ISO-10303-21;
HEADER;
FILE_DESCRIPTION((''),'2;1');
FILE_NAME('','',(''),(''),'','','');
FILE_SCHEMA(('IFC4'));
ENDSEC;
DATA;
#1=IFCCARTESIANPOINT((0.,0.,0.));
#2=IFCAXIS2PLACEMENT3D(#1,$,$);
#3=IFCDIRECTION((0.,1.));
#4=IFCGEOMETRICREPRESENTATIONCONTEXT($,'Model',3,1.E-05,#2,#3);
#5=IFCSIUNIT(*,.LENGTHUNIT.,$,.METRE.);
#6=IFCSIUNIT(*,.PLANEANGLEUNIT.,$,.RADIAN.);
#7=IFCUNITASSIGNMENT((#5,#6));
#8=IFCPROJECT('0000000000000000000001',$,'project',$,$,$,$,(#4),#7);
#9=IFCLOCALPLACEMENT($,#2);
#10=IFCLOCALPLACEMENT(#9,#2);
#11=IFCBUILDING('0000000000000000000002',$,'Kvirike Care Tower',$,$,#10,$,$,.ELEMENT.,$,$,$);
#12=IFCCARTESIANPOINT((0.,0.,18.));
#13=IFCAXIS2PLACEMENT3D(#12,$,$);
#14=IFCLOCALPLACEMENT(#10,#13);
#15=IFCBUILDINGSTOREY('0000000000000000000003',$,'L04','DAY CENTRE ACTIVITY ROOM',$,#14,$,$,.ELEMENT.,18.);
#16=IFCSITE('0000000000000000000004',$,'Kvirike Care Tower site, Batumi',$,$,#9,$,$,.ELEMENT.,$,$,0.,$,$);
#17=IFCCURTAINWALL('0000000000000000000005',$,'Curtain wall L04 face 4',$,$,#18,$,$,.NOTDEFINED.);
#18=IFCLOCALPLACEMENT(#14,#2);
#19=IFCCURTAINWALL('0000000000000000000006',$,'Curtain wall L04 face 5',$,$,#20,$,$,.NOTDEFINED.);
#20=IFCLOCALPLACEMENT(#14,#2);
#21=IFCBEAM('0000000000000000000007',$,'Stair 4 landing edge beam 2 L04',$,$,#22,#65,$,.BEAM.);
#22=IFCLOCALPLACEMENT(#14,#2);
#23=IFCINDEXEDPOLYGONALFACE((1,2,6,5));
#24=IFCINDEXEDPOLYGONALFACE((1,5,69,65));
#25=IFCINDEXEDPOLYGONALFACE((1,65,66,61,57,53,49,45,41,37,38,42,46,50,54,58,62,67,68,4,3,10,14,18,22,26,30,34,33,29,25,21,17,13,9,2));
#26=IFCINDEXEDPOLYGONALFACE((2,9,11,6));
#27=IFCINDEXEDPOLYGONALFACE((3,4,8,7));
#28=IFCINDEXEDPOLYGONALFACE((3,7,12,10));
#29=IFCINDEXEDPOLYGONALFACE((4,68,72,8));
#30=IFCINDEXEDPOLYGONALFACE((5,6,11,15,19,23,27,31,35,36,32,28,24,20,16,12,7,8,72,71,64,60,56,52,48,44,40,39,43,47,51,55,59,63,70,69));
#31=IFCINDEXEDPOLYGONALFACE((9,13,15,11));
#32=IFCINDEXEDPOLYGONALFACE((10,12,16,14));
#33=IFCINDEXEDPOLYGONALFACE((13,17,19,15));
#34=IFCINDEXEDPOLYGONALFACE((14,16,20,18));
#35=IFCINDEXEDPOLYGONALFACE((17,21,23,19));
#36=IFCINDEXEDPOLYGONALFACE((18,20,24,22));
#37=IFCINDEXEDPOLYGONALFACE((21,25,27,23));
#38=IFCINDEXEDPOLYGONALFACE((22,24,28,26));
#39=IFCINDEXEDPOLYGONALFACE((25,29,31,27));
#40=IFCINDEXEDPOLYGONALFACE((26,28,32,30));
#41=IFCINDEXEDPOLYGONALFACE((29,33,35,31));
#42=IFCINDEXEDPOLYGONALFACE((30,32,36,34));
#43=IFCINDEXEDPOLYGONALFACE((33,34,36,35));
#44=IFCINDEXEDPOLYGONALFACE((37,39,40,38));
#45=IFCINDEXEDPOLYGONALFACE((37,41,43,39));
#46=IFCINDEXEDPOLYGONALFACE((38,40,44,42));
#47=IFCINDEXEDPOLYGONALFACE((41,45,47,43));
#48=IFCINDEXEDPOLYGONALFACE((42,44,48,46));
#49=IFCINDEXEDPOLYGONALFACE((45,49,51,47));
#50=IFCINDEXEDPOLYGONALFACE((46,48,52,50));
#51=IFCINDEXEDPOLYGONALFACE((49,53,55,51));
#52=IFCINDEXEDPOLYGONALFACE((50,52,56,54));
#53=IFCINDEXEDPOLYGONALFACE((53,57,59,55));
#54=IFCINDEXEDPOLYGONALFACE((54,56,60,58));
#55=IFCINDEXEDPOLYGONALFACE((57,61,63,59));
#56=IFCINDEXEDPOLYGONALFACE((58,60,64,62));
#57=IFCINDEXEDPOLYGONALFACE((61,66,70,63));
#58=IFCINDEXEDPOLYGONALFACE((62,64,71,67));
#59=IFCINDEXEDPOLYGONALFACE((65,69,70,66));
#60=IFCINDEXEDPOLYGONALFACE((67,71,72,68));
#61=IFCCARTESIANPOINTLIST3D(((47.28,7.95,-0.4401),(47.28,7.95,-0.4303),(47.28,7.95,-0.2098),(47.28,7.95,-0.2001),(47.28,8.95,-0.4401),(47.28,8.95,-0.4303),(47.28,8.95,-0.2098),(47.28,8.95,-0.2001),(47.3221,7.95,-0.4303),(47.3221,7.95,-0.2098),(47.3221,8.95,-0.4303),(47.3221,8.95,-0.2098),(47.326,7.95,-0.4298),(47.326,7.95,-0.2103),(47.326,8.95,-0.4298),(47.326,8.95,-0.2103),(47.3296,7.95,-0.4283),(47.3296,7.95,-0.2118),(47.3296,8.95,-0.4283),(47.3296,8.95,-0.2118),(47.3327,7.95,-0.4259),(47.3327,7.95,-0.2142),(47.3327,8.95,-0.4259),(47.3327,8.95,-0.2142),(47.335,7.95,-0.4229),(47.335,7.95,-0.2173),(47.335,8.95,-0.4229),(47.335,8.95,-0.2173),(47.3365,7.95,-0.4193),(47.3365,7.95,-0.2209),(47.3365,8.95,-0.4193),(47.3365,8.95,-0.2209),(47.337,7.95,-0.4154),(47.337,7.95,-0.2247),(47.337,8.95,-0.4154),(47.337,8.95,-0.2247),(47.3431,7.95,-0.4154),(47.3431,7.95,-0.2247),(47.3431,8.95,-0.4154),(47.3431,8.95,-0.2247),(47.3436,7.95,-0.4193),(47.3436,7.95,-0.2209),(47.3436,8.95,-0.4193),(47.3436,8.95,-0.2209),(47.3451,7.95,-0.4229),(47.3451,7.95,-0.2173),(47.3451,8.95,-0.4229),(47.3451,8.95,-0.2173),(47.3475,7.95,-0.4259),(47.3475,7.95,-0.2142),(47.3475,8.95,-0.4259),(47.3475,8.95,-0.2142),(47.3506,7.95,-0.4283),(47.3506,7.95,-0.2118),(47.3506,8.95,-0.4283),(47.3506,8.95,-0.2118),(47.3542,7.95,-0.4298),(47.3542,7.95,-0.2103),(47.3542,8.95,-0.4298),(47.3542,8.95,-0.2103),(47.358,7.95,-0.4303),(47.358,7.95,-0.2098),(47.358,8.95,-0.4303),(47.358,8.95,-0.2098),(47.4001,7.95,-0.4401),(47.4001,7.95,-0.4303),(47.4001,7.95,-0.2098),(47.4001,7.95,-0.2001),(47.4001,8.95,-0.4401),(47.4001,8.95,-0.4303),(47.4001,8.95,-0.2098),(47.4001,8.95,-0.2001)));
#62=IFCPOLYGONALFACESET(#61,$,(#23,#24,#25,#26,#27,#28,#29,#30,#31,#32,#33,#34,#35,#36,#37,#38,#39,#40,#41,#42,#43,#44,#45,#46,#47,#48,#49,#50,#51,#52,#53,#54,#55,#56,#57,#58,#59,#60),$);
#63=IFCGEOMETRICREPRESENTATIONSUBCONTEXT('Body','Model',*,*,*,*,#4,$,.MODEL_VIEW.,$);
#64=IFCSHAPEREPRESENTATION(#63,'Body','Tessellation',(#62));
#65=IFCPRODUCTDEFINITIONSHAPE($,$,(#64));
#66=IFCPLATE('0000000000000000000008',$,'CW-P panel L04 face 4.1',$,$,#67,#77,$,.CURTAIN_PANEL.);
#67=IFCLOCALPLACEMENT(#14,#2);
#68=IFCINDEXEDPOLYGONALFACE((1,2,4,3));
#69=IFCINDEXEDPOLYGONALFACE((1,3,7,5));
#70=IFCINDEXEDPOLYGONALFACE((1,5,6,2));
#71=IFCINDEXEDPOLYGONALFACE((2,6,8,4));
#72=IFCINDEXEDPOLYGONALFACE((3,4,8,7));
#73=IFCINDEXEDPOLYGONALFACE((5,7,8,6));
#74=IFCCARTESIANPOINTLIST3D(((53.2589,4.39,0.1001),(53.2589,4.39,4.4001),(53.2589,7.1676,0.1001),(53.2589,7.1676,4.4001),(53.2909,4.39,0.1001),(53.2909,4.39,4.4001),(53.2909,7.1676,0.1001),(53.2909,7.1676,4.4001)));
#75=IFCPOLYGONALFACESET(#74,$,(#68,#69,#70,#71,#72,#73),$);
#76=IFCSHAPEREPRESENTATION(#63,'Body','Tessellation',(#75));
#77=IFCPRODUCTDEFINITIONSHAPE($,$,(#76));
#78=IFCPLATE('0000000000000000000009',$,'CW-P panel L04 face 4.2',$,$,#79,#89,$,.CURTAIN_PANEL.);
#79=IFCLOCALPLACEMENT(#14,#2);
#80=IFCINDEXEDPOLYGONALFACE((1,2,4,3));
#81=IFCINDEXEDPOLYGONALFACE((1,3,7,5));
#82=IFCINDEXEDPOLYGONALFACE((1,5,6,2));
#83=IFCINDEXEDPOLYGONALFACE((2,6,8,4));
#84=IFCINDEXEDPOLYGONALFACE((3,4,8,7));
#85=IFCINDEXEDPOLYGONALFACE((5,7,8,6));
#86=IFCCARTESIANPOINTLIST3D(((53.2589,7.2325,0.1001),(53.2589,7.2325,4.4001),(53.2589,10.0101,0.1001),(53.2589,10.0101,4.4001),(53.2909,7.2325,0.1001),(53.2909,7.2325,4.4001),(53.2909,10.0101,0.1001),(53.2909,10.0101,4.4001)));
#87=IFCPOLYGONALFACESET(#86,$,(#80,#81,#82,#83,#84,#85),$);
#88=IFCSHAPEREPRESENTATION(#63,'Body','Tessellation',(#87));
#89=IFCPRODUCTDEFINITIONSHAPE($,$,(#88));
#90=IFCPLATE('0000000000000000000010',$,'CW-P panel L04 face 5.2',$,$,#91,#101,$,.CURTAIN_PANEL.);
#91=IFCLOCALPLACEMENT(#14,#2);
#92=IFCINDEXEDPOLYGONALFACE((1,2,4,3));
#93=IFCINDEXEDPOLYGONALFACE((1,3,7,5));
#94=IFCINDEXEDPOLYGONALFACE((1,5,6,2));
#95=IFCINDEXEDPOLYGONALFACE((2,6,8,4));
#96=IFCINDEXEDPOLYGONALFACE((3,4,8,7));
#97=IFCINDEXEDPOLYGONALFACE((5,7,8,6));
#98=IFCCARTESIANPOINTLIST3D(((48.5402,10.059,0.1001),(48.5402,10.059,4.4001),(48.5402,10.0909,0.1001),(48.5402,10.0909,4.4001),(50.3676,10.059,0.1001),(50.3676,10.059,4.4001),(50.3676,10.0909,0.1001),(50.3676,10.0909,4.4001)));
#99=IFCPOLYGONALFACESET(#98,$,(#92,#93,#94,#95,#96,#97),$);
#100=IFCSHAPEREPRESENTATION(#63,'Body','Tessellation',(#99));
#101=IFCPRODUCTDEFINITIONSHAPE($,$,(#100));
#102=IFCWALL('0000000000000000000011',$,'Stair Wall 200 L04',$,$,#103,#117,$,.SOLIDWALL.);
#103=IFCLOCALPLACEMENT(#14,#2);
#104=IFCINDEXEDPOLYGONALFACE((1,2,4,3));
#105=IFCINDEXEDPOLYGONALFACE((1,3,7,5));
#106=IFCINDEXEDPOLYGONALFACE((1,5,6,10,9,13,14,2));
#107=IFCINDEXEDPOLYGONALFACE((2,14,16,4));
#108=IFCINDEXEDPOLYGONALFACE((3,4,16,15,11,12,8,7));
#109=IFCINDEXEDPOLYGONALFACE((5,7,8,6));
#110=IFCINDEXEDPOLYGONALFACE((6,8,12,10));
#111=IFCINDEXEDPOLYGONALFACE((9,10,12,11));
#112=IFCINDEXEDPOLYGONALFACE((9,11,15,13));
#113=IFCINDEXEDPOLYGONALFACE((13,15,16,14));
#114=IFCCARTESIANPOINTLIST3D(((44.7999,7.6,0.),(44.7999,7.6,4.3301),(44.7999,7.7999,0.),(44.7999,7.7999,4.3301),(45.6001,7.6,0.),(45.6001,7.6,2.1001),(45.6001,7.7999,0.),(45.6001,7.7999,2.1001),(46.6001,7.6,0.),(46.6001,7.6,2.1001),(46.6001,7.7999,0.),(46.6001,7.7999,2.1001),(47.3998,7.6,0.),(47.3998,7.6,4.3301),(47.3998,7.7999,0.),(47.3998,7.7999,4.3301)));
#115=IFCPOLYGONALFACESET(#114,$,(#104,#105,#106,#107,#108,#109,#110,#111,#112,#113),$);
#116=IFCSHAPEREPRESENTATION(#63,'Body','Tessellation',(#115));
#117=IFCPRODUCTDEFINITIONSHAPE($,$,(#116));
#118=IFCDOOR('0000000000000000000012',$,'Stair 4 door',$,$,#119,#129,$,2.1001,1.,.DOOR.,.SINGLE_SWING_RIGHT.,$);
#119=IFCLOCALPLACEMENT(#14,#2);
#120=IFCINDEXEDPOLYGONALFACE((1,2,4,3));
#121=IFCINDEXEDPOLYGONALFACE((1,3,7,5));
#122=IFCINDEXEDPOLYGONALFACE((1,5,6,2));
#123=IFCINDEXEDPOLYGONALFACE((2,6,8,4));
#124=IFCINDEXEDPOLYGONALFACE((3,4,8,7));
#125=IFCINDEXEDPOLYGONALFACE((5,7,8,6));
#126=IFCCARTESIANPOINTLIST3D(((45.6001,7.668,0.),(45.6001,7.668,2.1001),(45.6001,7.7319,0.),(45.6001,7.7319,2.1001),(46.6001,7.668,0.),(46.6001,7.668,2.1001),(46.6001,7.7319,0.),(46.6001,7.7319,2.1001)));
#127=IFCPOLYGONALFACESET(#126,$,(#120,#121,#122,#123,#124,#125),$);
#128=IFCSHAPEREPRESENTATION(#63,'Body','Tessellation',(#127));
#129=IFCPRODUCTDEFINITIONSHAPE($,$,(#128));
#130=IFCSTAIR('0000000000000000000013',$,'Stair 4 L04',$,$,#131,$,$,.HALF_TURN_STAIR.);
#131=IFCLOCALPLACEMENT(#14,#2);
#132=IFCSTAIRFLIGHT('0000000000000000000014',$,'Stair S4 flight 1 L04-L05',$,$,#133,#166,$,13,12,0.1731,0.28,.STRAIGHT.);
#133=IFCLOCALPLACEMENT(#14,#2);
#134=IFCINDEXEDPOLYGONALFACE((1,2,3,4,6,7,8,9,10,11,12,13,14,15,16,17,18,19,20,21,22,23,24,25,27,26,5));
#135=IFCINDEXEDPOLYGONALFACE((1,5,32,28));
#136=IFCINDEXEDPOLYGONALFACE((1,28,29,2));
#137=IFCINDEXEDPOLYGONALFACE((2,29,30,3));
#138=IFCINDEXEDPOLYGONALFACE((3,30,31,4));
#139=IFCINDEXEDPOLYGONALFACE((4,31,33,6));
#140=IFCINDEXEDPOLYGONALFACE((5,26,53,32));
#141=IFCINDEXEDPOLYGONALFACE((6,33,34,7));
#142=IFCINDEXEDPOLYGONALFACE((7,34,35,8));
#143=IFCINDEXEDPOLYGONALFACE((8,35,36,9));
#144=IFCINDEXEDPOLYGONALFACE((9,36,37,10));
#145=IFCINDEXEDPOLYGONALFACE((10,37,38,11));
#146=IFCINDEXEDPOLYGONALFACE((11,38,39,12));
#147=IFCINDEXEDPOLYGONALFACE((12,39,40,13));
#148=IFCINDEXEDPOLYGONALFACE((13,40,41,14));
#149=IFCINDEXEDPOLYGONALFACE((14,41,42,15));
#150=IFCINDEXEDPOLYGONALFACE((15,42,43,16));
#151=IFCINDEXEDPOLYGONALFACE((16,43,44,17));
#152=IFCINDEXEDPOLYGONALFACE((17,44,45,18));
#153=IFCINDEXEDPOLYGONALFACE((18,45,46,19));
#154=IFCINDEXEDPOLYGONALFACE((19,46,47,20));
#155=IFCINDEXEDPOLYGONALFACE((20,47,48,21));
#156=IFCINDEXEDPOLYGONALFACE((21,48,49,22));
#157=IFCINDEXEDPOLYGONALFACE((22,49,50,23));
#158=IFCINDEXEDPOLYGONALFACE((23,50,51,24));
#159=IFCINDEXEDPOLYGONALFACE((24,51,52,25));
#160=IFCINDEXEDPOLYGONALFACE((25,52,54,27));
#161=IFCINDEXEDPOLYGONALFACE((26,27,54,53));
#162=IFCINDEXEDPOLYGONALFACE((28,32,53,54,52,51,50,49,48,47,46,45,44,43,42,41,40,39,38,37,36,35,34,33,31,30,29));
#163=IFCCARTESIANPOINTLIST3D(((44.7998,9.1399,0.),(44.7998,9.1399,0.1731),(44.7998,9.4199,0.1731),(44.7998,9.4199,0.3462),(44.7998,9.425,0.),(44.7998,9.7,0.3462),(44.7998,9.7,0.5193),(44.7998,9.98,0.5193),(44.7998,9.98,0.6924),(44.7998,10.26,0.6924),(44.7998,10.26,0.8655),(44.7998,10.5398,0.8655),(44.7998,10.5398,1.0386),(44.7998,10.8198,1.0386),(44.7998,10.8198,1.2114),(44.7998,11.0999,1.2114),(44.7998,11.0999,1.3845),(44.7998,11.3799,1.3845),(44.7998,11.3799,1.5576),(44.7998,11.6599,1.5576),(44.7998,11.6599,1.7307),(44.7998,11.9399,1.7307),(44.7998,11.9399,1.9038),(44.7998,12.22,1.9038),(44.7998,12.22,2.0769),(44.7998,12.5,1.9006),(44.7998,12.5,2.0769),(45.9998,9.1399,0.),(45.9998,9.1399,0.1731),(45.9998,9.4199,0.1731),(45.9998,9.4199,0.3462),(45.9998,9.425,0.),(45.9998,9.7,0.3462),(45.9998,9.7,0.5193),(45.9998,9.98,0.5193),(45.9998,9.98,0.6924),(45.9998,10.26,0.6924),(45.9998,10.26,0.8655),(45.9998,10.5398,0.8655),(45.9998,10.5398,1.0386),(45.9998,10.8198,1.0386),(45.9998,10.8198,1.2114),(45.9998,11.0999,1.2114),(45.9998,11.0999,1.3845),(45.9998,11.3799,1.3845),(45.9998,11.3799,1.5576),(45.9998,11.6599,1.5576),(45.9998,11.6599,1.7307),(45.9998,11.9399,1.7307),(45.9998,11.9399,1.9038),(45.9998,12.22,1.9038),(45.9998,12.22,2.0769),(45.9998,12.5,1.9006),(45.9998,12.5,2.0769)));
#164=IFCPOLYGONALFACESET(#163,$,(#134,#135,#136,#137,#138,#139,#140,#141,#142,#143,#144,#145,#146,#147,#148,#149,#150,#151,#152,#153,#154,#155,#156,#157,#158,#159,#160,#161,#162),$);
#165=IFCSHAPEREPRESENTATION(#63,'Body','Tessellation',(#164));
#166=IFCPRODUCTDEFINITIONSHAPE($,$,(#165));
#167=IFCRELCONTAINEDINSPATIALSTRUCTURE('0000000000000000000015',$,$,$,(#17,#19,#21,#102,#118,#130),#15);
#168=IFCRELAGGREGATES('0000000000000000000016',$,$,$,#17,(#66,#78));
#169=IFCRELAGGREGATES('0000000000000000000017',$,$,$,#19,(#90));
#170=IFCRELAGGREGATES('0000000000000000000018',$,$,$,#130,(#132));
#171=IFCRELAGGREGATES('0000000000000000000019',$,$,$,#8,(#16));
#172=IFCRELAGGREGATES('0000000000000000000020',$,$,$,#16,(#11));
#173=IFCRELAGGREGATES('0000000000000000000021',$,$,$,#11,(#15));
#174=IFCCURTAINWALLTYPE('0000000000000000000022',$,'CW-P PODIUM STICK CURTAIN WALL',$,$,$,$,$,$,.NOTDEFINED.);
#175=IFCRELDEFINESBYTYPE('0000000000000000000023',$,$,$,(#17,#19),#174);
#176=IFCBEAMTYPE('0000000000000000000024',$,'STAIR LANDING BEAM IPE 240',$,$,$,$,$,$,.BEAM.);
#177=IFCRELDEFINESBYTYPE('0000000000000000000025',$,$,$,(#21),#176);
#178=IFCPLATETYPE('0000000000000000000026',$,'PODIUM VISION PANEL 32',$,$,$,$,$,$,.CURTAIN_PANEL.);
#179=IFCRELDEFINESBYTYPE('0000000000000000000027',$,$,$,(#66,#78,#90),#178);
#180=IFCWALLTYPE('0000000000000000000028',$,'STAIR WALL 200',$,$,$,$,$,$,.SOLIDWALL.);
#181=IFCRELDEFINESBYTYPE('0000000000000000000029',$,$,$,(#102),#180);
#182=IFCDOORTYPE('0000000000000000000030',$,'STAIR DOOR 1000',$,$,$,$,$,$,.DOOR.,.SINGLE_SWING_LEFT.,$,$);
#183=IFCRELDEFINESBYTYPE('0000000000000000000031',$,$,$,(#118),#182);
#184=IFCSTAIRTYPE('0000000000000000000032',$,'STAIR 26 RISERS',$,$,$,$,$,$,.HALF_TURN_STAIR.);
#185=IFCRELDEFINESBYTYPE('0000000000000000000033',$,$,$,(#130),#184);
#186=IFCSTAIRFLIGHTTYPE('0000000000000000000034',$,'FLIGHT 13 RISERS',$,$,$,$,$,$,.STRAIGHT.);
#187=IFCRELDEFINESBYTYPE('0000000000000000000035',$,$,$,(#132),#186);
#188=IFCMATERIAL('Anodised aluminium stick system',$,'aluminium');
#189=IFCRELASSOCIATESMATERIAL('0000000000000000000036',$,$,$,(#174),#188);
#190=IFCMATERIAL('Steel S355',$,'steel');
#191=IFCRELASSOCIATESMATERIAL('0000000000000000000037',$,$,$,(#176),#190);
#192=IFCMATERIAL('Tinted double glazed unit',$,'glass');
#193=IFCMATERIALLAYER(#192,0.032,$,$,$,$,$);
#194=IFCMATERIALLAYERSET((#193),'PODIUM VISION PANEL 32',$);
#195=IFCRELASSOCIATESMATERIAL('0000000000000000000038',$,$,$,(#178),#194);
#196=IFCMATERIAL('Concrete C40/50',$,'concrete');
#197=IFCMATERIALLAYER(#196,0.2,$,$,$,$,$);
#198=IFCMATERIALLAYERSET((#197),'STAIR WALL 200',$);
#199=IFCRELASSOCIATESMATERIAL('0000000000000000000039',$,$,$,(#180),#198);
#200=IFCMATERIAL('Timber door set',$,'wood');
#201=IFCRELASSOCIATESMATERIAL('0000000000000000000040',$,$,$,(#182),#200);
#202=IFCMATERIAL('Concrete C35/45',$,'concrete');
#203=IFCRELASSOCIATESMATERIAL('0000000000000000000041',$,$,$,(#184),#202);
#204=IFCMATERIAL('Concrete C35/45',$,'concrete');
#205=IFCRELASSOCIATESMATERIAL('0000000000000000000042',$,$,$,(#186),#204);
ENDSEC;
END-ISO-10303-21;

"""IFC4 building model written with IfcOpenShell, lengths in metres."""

from ifc_helpers import new_model, si_unit, direction, frame, frame_2d, origin, origin_2d, place, context, subcontext, project, spatial, polyline, rectangle, i_section, outline, extrude, material, layer, layer_set, material_profile, profile_set, type_object, element, fill, aggregate, save


model = new_model("IFC4")

# Units and contexts
model_context = context("Model", 3, precision=1e-05, world=origin(), true_north=direction((0.0, 1.0)))
body_context = subcontext(model_context, "Body", "Model", "MODEL_VIEW")
ifc_project = project(units=[si_unit("LENGTHUNIT", "METRE"), si_unit("PLANEANGLEUNIT", "RADIAN")], contexts=[model_context])

# Site, building, storey
site_placement = place(None, origin())
site = spatial("IfcSite", under=ifc_project, at=site_placement, Name="Kvirike Care Tower site, Batumi", CompositionType="ELEMENT", RefElevation=0.0)
building_placement = place(site_placement, origin())
building = spatial("IfcBuilding", under=site, at=building_placement, Name="Kvirike Care Tower", CompositionType="ELEMENT")
storey_placement = place(building_placement, frame((0.0, 0.0, 18.0)))
storey = spatial("IfcBuildingStorey", under=building, at=storey_placement, Name="L04", Description="DAY CENTRE ACTIVITY ROOM", CompositionType="ELEMENT", Elevation=18.0)

# Shared definitions
ifc_material_1 = material(Name="Anodised aluminium stick system", Category="aluminium")
curtain_wall_type = type_object("IfcCurtainWallType", Name="CW-P PODIUM STICK CURTAIN WALL", PredefinedType="NOTDEFINED", material=ifc_material_1)

# Curtain wall
curtain_wall_1_placement = place(storey_placement, origin())
curtain_wall_1 = element("IfcCurtainWall", 1, at=curtain_wall_1_placement, inside=storey, type_object=curtain_wall_type, Name="Curtain wall L04 face 4", PredefinedType="NOTDEFINED")

# Curtain wall
curtain_wall_2_placement = place(storey_placement, origin())
curtain_wall_2 = element("IfcCurtainWall", 2, at=curtain_wall_2_placement, inside=storey, type_object=curtain_wall_type, Name="Curtain wall L04 face 5", PredefinedType="NOTDEFINED")

# Beam
ifc_material_2 = material(Name="Steel S355", Category="steel")
ifc_material_profile_1 = material_profile(ifc_material_2, i_section(OverallWidth=0.1201, OverallDepth=0.24, WebThickness=0.0061, FlangeThickness=0.0098, FilletRadius=0.0149, at=origin_2d()), Name="IPE 240")
ifc_profile_set_1 = profile_set([ifc_material_profile_1], Name="Steel S355")
beam_type_1 = type_object("IfcBeamType", Name="STAIR LANDING BEAM IPE 240", PredefinedType="BEAM", material=ifc_profile_set_1)
for number, where, z_axis, x_axis, name in (
    (3, (47.3401, 8.95, -0.3201), (0.0, -1.0, 0.0), (1.0, 0.0, 0.0), "Stair 4 landing edge beam 2 L04"),
):
    element("IfcBeam", number, at=place(storey_placement, frame(where, z_axis=z_axis, x_axis=x_axis)), inside=storey, type_object=beam_type_1, Name=name, PredefinedType="BEAM", context=body_context, shape_type="SweptSolid", body=[
        extrude(i_section(OverallWidth=0.1201, OverallDepth=0.24, WebThickness=0.0061, FlangeThickness=0.0098, FilletRadius=0.0149, at=origin_2d()), origin(), (0.0, 0.0, 1.0), 1.0),
    ])

# Plates
ifc_material_3 = material(Name="Tinted double glazed unit", Category="glass")
ifc_layer_1 = layer(ifc_material_3, 0.032)
ifc_layer_set_1 = layer_set([ifc_layer_1], Name="PODIUM VISION PANEL 32")
plate_type = type_object("IfcPlateType", Name="PODIUM VISION PANEL 32", PredefinedType="CURTAIN_PANEL", material=ifc_layer_set_1)
plate_1_placement = place(storey_placement, frame((53.2749, 5.7788, 0.1001), z_axis=(0.0, 0.0, 1.0), x_axis=(0.0, 1.0, 0.0)))
plate_1 = element("IfcPlate", 4, at=plate_1_placement, type_object=plate_type, Name="CW-P panel L04 face 4.1", PredefinedType="CURTAIN_PANEL", context=body_context, shape_type="SweptSolid", body=[
    extrude(rectangle(XDim=2.7776, YDim=0.032, at=origin_2d()), origin(), (0.0, 0.0, 1.0), 4.3),
])
plate_2_placement = place(storey_placement, frame((53.2749, 8.6213, 0.1001), z_axis=(0.0, 0.0, 1.0), x_axis=(0.0, 1.0, 0.0)))
plate_2 = element("IfcPlate", 5, at=plate_2_placement, type_object=plate_type, Name="CW-P panel L04 face 4.2", PredefinedType="CURTAIN_PANEL", context=body_context, shape_type="SweptSolid", body=[
    extrude(rectangle(XDim=2.7776, YDim=0.032, at=origin_2d()), origin(), (0.0, 0.0, 1.0), 4.3),
])
aggregate(curtain_wall_1, [plate_1, plate_2])
plate_3_placement = place(storey_placement, frame((49.4539, 10.075, 0.1001), z_axis=(0.0, 0.0, 1.0), x_axis=(-1.0, 0.0, 0.0)))
plate_3 = element("IfcPlate", 6, at=plate_3_placement, type_object=plate_type, Name="CW-P panel L04 face 5.2", PredefinedType="CURTAIN_PANEL", context=body_context, shape_type="SweptSolid", body=[
    extrude(rectangle(XDim=1.8274, YDim=0.032, at=origin_2d()), origin(), (0.0, 0.0, 1.0), 4.3),
])
aggregate(curtain_wall_2, [plate_3])

# Wall, opening, door
ifc_material_4 = material(Name="Concrete C40/50", Category="concrete")
ifc_layer_2 = layer(ifc_material_4, 0.2)
ifc_layer_set_2 = layer_set([ifc_layer_2], Name="STAIR WALL 200")
wall_type = type_object("IfcWallType", Name="STAIR WALL 200", PredefinedType="SOLIDWALL", material=ifc_layer_set_2)
wall_placement = place(storey_placement, frame((44.8, 7.7, 0.0), z_axis=(0.0, 0.0, 1.0), x_axis=(1.0, 0.0, 0.0)))
wall = element("IfcWall", 7, at=wall_placement, inside=storey, type_object=wall_type, Name="Stair Wall 200 L04", PredefinedType="SOLIDWALL", context=body_context, shape_type="SweptSolid", body=[
    extrude(rectangle(XDim=2.5999, YDim=0.2, at=frame_2d((1.2998, 0.0))), origin(), (0.0, 0.0, 1.0), 4.3301),
])
opening_placement = place(wall_placement, frame((0.8, 0.0, 0.0)))
opening = element("IfcOpeningElement", 8, at=opening_placement, cuts=wall, PredefinedType="OPENING", context=body_context, shape_type="SweptSolid", body=[
    extrude(rectangle(XDim=1.0, YDim=2.1001, at=frame_2d((0.5, 1.05))), frame((0.0, 0.1106, 0.0), z_axis=(0.0, -1.0, 0.0), x_axis=(1.0, 0.0, 0.0)), (0.0, 0.0, 1.0), 0.2209),
])
ifc_material_5 = material(Name="Timber door set", Category="wood")
door_type = type_object("IfcDoorType", Name="STAIR DOOR 1000", OperationType="SINGLE_SWING_LEFT", PredefinedType="DOOR", material=ifc_material_5)
door_placement = place(opening_placement, origin())
door = element("IfcDoor", 9, at=door_placement, inside=storey, type_object=door_type, Name="Stair 4 door", OperationType="SINGLE_SWING_RIGHT", OverallHeight=2.1001, OverallWidth=1.0, PredefinedType="DOOR", context=body_context, shape_type="SweptSolid", body=[
    extrude(rectangle(XDim=1.0, YDim=2.1001, at=frame_2d((0.5, 1.05))), frame((0.0, 0.032, 0.0), z_axis=(0.0, -1.0, 0.0), x_axis=(1.0, 0.0, 0.0)), (0.0, 0.0, 1.0), 0.064),
])
fill(opening, door)

# Stair, stair flight
ifc_material_6 = material(Name="Concrete C35/45", Category="concrete")
stair_type = type_object("IfcStairType", Name="STAIR 26 RISERS", PredefinedType="HALF_TURN_STAIR", material=ifc_material_6)
stair_placement = place(storey_placement, origin())
stair = element("IfcStair", 10, at=stair_placement, inside=storey, type_object=stair_type, Name="Stair 4 L04", PredefinedType="HALF_TURN_STAIR")
ifc_material_7 = material(Name="Concrete C35/45", Category="concrete")
stair_flight_type = type_object("IfcStairFlightType", Name="FLIGHT 13 RISERS", PredefinedType="STRAIGHT", material=ifc_material_7)
stair_flight_placement = place(storey_placement, frame((45.3999, 9.1399, 0.0), z_axis=(0.0, 0.0, 1.0), x_axis=(0.0, 1.0, 0.0)))
stair_flight = element("IfcStairFlight", 11, at=stair_flight_placement, type_object=stair_flight_type, Name="Stair S4 flight 1 L04-L05", NumberOfRisers=13, NumberOfTreads=12, PredefinedType="STRAIGHT", RiserHeight=0.1731, TreadLength=0.28, context=body_context, shape_type="SweptSolid", body=[
    extrude(outline(polyline([(0.0, 0.0), (0.0, 0.1731), (0.28, 0.1731), (0.28, 0.3462), (0.5601, 0.3462), (0.5601, 0.5193), (0.8401, 0.5193), (0.8401, 0.6924), (1.1201, 0.6924), (1.1201, 0.8655), (1.3999, 0.8655), (1.3999, 1.0386), (1.6799, 1.0386), (1.6799, 1.2114), (1.96, 1.2114), (1.96, 1.3845), (2.24, 1.3845), (2.24, 1.5576), (2.52, 1.5576), (2.52, 1.7307), (2.8, 1.7307), (2.8, 1.9038), (3.0801, 1.9038), (3.0801, 2.0769), (3.3601, 2.0769), (3.3601, 2.25), (3.3601, 1.9006), (0.2852, 0.0), (0.0, 0.0)])), frame((0.0, 0.6001, 0.0), z_axis=(0.0, -1.0, 0.0), x_axis=(1.0, 0.0, 0.0)), (0.0, 0.0, 1.0), 1.2),
])
aggregate(stair, [stair_flight])

save(model, "model.ifc")
